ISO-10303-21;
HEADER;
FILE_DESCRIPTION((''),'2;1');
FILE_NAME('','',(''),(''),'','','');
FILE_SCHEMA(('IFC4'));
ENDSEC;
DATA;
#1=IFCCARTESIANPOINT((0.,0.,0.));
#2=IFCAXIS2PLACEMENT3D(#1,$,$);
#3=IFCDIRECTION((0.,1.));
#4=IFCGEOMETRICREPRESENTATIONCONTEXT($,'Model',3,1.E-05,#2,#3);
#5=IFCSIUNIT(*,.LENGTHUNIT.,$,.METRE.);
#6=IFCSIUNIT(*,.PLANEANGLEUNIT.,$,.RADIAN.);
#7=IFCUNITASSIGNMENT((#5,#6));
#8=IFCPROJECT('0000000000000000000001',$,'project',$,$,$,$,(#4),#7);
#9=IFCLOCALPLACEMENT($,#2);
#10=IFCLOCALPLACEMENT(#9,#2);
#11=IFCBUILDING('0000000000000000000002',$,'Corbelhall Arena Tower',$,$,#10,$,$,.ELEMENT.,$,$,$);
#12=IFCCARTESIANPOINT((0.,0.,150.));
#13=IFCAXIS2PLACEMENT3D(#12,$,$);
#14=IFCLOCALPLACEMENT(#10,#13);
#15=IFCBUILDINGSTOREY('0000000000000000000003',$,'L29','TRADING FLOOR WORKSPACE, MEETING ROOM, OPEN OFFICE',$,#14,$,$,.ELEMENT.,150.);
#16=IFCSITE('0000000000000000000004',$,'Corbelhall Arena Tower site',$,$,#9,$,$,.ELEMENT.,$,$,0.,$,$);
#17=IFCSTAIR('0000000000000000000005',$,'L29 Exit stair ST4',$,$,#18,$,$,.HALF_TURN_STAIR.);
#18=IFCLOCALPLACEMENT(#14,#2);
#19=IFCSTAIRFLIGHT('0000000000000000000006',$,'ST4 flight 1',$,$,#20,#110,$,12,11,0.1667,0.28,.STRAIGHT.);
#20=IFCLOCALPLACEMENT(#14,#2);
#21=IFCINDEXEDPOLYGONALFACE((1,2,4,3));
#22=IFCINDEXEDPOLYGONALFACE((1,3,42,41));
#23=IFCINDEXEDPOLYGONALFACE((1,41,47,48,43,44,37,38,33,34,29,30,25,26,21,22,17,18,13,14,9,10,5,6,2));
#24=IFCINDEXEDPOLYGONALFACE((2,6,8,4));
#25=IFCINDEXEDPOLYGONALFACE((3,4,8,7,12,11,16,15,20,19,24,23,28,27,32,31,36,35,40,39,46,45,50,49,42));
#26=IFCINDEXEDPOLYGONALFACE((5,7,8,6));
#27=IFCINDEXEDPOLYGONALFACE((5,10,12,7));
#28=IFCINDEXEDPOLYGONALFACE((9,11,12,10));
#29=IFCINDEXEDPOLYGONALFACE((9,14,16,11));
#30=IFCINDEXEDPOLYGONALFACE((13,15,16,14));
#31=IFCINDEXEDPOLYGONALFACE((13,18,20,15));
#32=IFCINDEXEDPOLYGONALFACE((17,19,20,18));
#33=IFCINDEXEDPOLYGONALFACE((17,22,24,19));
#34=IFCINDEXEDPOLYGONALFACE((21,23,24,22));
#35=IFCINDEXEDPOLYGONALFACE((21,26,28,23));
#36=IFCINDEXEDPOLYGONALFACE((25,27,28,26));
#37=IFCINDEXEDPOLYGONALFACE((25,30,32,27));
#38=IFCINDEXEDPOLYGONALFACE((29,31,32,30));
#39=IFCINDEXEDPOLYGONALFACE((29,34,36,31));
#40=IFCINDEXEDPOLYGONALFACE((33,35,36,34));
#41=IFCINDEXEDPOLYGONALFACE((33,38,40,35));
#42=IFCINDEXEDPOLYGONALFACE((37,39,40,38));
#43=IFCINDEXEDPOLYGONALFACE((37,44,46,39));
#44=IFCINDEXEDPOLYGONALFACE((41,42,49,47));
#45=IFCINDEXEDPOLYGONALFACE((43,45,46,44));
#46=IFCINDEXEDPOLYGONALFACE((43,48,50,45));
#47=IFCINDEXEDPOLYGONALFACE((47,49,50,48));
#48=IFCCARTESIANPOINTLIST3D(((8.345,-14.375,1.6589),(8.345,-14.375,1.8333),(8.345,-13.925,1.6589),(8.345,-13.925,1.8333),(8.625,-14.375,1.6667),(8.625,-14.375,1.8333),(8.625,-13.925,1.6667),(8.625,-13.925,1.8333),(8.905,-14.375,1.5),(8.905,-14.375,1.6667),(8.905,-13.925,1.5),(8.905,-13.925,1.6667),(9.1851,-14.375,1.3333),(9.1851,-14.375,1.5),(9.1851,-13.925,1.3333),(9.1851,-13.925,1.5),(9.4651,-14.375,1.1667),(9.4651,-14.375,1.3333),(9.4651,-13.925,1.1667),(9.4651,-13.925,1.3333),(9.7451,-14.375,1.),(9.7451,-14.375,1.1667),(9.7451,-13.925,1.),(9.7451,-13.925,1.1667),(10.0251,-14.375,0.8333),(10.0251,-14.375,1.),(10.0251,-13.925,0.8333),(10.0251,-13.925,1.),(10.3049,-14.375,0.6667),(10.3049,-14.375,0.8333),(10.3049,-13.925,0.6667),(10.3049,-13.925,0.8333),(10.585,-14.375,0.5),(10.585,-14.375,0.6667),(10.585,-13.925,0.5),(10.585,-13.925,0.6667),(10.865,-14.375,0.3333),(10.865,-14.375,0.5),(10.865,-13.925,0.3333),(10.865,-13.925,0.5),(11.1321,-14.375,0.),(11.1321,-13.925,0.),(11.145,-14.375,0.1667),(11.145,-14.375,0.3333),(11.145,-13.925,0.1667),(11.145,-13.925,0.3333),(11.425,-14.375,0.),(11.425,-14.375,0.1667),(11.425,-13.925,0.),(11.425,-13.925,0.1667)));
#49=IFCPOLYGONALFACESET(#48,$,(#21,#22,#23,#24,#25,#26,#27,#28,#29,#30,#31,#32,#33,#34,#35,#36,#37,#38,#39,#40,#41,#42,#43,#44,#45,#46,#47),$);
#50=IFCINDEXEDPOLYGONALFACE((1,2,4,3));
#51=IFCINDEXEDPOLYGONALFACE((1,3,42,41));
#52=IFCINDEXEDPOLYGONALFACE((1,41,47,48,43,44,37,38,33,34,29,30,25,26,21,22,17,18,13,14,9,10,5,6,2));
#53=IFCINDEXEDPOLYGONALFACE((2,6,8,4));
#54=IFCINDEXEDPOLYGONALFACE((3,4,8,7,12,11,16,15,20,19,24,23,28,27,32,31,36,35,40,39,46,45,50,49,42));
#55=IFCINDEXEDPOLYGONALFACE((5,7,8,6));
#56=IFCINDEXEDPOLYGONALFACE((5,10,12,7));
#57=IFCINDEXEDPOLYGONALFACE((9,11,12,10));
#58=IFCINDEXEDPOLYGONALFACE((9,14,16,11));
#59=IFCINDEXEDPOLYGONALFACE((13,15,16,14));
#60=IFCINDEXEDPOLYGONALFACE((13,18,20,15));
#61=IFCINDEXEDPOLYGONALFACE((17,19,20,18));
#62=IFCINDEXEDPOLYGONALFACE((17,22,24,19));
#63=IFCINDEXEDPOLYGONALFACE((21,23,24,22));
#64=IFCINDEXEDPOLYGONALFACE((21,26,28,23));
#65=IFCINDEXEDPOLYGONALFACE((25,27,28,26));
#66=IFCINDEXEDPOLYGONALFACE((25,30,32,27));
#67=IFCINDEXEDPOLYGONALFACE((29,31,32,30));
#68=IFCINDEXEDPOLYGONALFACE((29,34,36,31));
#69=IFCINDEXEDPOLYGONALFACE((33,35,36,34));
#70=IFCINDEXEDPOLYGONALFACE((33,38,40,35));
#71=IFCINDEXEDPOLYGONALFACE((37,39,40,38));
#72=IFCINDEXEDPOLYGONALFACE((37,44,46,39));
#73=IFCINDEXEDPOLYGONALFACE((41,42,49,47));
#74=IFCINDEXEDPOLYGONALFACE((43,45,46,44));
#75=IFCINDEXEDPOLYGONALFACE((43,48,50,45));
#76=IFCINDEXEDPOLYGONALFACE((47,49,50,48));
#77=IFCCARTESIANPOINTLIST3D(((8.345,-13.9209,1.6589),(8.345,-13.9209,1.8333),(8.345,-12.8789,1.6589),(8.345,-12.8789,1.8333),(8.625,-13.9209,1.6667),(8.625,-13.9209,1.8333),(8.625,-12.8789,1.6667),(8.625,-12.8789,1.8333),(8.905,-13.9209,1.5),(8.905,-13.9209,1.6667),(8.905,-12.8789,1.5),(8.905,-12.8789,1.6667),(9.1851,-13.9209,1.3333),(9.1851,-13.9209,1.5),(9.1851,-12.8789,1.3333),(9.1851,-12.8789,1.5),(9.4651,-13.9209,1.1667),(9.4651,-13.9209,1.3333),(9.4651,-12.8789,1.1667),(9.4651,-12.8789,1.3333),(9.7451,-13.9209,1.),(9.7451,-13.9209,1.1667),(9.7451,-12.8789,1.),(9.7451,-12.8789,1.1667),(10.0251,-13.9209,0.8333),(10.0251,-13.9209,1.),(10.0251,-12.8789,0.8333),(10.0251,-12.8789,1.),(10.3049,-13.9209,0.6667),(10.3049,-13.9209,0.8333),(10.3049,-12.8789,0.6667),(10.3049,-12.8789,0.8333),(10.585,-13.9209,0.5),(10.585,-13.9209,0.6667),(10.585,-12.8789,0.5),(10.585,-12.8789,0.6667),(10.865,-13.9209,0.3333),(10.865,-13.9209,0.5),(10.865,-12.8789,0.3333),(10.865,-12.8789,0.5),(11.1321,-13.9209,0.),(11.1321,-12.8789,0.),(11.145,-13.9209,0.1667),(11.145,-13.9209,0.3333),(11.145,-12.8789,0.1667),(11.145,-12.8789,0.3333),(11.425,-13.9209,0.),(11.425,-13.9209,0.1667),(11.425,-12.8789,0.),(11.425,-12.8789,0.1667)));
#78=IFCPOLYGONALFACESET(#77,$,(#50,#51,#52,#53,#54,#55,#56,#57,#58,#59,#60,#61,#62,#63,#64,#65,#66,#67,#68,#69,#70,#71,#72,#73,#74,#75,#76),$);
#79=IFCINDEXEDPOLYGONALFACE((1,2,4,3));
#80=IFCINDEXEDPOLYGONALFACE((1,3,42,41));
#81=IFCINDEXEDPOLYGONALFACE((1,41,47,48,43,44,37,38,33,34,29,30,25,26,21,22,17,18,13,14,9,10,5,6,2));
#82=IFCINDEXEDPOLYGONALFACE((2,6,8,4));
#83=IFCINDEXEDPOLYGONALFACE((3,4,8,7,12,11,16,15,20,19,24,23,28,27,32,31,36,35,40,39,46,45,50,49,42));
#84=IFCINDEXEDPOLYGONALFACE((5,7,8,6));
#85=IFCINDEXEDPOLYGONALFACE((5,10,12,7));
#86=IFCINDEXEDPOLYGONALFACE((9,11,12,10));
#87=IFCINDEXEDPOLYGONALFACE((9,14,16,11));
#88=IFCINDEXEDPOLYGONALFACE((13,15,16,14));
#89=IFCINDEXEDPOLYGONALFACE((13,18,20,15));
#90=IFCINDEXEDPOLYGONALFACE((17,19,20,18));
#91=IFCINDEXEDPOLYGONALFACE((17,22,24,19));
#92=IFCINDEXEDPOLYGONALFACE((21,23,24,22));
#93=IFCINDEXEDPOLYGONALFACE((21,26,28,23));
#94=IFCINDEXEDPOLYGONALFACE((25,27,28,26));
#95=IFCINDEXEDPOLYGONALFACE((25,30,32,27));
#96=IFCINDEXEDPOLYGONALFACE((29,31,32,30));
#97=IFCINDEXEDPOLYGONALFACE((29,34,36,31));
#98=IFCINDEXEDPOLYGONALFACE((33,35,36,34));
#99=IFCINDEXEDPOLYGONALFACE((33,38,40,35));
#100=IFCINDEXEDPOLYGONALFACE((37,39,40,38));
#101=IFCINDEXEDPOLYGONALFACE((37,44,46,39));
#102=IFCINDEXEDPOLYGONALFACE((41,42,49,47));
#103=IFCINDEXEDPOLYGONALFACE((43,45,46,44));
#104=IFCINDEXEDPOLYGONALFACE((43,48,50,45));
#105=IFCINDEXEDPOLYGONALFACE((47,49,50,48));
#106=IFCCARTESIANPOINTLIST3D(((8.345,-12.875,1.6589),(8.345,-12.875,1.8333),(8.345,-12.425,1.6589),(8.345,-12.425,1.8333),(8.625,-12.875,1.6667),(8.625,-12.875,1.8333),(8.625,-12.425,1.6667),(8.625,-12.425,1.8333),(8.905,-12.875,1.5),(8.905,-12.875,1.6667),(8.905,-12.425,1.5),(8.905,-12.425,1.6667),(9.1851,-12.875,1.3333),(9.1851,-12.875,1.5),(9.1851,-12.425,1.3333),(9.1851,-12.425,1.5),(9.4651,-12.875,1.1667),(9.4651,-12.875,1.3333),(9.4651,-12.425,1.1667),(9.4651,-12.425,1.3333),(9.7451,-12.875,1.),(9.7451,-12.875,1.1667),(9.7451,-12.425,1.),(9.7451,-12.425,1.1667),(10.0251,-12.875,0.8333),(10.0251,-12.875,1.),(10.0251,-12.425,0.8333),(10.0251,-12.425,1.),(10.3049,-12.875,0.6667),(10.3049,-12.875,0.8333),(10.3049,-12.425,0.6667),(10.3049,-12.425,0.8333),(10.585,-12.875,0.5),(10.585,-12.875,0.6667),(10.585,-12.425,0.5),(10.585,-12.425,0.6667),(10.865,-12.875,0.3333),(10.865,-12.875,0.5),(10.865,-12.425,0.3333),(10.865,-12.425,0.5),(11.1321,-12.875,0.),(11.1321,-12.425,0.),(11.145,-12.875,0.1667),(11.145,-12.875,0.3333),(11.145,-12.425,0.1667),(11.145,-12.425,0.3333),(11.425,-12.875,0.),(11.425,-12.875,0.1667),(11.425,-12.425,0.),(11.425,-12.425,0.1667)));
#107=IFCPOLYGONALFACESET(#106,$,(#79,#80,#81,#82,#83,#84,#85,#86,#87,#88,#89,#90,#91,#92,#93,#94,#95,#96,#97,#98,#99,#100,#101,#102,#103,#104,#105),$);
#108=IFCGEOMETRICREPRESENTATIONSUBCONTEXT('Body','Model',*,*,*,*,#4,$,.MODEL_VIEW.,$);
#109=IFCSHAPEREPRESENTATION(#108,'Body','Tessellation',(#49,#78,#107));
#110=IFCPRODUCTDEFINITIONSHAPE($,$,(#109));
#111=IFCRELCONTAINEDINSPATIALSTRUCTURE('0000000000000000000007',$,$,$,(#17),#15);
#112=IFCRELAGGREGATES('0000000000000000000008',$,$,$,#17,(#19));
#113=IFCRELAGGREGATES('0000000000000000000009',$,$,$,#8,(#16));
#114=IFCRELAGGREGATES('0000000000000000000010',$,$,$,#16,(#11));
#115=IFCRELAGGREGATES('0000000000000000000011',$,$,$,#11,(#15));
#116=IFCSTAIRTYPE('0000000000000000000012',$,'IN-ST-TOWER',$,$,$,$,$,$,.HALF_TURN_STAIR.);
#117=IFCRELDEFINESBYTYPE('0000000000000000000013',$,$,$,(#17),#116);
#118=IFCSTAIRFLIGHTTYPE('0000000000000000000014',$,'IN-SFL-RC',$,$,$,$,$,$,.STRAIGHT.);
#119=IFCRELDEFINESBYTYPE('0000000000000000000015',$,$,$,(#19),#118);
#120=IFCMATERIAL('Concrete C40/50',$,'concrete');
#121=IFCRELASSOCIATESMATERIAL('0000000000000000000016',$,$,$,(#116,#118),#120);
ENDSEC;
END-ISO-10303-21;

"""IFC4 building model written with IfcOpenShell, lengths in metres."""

from ifc_helpers import new_model, si_unit, direction, frame, origin, place, context, subcontext, project, spatial, polyline, outline, extrude, material, type_object, element, aggregate, save


model = new_model("IFC4")

# Units and contexts
model_context = context("Model", 3, precision=1e-05, world=origin(), true_north=direction((0.0, 1.0)))
body_context = subcontext(model_context, "Body", "Model", "MODEL_VIEW")
ifc_project = project(units=[si_unit("LENGTHUNIT", "METRE"), si_unit("PLANEANGLEUNIT", "RADIAN")], contexts=[model_context])

# Site, building, storey
site_placement = place(None, origin())
site = spatial("IfcSite", under=ifc_project, at=site_placement, Name="Corbelhall Arena Tower site", CompositionType="ELEMENT", RefElevation=0.0)
building_placement = place(site_placement, origin())
building = spatial("IfcBuilding", under=site, at=building_placement, Name="Corbelhall Arena Tower", CompositionType="ELEMENT")
storey_placement = place(building_placement, frame((0.0, 0.0, 150.0)))
storey = spatial("IfcBuildingStorey", under=building, at=storey_placement, Name="L29", Description="TRADING FLOOR WORKSPACE, MEETING ROOM, OPEN OFFICE", CompositionType="ELEMENT", Elevation=150.0)

# Shared definitions
ifc_material_1 = material(Name="Concrete C40/50", Category="concrete")

# Stair, stair flight
stair_type = type_object("IfcStairType", Name="IN-ST-TOWER", PredefinedType="HALF_TURN_STAIR", material=ifc_material_1)
stair_placement = place(storey_placement, origin())
stair = element("IfcStair", 1, at=stair_placement, inside=storey, type_object=stair_type, Name="L29 Exit stair ST4", PredefinedType="HALF_TURN_STAIR")
stair_flight_type = type_object("IfcStairFlightType", Name="IN-SFL-RC", PredefinedType="STRAIGHT", material=ifc_material_1)
stair_flight_placement = place(storey_placement, frame((11.425, -13.3999, 0.0), z_axis=(0.0, 0.0, 1.0), x_axis=(-1.0, 0.0, 0.0)))
stair_flight = element("IfcStairFlight", 2, at=stair_flight_placement, type_object=stair_flight_type, Name="ST4 flight 1", NumberOfRisers=12, NumberOfTreads=11, PredefinedType="STRAIGHT", RiserHeight=0.1667, TreadLength=0.28, context=body_context, shape_type="SweptSolid", body=[
    extrude(outline(polyline([(0.0, 0.0), (0.0, 0.1667), (0.28, 0.1667), (0.28, 0.3333), (0.5601, 0.3333), (0.5601, 0.5), (0.8401, 0.5), (0.8401, 0.6667), (1.1201, 0.6667), (1.1201, 0.8333), (1.3999, 0.8333), (1.3999, 1.0), (1.6799, 1.0), (1.6799, 1.1667), (1.96, 1.1667), (1.96, 1.3333), (2.24, 1.3333), (2.24, 1.5), (2.52, 1.5), (2.52, 1.6667), (2.8, 1.6667), (2.8, 1.8333), (3.0801, 1.8333), (3.0801, 2.0), (3.0801, 1.6589), (0.293, 0.0), (0.0, 0.0)])), frame((0.0, 0.9751, 0.0), z_axis=(0.0, -1.0, 0.0), x_axis=(1.0, 0.0, 0.0)), (0.0, 0.0, 1.0), 0.45),
    extrude(outline(polyline([(0.0, 0.0), (0.0, 0.1667), (0.28, 0.1667), (0.28, 0.3333), (0.5601, 0.3333), (0.5601, 0.5), (0.8401, 0.5), (0.8401, 0.6667), (1.1201, 0.6667), (1.1201, 0.8333), (1.3999, 0.8333), (1.3999, 1.0), (1.6799, 1.0), (1.6799, 1.1667), (1.96, 1.1667), (1.96, 1.3333), (2.24, 1.3333), (2.24, 1.5), (2.52, 1.5), (2.52, 1.6667), (2.8, 1.6667), (2.8, 1.8333), (3.0801, 1.8333), (3.0801, 2.0), (3.0801, 1.6589), (0.293, 0.0), (0.0, 0.0)])), frame((0.0, 0.521, 0.0), z_axis=(0.0, -1.0, 0.0), x_axis=(1.0, 0.0, 0.0)), (0.0, 0.0, 1.0), 1.042),
    extrude(outline(polyline([(0.0, 0.0), (0.0, 0.1667), (0.28, 0.1667), (0.28, 0.3333), (0.5601, 0.3333), (0.5601, 0.5), (0.8401, 0.5), (0.8401, 0.6667), (1.1201, 0.6667), (1.1201, 0.8333), (1.3999, 0.8333), (1.3999, 1.0), (1.6799, 1.0), (1.6799, 1.1667), (1.96, 1.1667), (1.96, 1.3333), (2.24, 1.3333), (2.24, 1.5), (2.52, 1.5), (2.52, 1.6667), (2.8, 1.6667), (2.8, 1.8333), (3.0801, 1.8333), (3.0801, 2.0), (3.0801, 1.6589), (0.293, 0.0), (0.0, 0.0)])), frame((0.0, -0.5249, 0.0), z_axis=(0.0, -1.0, 0.0), x_axis=(1.0, 0.0, 0.0)), (0.0, 0.0, 1.0), 0.45),
])
aggregate(stair, [stair_flight])

save(model, "model.ifc")
